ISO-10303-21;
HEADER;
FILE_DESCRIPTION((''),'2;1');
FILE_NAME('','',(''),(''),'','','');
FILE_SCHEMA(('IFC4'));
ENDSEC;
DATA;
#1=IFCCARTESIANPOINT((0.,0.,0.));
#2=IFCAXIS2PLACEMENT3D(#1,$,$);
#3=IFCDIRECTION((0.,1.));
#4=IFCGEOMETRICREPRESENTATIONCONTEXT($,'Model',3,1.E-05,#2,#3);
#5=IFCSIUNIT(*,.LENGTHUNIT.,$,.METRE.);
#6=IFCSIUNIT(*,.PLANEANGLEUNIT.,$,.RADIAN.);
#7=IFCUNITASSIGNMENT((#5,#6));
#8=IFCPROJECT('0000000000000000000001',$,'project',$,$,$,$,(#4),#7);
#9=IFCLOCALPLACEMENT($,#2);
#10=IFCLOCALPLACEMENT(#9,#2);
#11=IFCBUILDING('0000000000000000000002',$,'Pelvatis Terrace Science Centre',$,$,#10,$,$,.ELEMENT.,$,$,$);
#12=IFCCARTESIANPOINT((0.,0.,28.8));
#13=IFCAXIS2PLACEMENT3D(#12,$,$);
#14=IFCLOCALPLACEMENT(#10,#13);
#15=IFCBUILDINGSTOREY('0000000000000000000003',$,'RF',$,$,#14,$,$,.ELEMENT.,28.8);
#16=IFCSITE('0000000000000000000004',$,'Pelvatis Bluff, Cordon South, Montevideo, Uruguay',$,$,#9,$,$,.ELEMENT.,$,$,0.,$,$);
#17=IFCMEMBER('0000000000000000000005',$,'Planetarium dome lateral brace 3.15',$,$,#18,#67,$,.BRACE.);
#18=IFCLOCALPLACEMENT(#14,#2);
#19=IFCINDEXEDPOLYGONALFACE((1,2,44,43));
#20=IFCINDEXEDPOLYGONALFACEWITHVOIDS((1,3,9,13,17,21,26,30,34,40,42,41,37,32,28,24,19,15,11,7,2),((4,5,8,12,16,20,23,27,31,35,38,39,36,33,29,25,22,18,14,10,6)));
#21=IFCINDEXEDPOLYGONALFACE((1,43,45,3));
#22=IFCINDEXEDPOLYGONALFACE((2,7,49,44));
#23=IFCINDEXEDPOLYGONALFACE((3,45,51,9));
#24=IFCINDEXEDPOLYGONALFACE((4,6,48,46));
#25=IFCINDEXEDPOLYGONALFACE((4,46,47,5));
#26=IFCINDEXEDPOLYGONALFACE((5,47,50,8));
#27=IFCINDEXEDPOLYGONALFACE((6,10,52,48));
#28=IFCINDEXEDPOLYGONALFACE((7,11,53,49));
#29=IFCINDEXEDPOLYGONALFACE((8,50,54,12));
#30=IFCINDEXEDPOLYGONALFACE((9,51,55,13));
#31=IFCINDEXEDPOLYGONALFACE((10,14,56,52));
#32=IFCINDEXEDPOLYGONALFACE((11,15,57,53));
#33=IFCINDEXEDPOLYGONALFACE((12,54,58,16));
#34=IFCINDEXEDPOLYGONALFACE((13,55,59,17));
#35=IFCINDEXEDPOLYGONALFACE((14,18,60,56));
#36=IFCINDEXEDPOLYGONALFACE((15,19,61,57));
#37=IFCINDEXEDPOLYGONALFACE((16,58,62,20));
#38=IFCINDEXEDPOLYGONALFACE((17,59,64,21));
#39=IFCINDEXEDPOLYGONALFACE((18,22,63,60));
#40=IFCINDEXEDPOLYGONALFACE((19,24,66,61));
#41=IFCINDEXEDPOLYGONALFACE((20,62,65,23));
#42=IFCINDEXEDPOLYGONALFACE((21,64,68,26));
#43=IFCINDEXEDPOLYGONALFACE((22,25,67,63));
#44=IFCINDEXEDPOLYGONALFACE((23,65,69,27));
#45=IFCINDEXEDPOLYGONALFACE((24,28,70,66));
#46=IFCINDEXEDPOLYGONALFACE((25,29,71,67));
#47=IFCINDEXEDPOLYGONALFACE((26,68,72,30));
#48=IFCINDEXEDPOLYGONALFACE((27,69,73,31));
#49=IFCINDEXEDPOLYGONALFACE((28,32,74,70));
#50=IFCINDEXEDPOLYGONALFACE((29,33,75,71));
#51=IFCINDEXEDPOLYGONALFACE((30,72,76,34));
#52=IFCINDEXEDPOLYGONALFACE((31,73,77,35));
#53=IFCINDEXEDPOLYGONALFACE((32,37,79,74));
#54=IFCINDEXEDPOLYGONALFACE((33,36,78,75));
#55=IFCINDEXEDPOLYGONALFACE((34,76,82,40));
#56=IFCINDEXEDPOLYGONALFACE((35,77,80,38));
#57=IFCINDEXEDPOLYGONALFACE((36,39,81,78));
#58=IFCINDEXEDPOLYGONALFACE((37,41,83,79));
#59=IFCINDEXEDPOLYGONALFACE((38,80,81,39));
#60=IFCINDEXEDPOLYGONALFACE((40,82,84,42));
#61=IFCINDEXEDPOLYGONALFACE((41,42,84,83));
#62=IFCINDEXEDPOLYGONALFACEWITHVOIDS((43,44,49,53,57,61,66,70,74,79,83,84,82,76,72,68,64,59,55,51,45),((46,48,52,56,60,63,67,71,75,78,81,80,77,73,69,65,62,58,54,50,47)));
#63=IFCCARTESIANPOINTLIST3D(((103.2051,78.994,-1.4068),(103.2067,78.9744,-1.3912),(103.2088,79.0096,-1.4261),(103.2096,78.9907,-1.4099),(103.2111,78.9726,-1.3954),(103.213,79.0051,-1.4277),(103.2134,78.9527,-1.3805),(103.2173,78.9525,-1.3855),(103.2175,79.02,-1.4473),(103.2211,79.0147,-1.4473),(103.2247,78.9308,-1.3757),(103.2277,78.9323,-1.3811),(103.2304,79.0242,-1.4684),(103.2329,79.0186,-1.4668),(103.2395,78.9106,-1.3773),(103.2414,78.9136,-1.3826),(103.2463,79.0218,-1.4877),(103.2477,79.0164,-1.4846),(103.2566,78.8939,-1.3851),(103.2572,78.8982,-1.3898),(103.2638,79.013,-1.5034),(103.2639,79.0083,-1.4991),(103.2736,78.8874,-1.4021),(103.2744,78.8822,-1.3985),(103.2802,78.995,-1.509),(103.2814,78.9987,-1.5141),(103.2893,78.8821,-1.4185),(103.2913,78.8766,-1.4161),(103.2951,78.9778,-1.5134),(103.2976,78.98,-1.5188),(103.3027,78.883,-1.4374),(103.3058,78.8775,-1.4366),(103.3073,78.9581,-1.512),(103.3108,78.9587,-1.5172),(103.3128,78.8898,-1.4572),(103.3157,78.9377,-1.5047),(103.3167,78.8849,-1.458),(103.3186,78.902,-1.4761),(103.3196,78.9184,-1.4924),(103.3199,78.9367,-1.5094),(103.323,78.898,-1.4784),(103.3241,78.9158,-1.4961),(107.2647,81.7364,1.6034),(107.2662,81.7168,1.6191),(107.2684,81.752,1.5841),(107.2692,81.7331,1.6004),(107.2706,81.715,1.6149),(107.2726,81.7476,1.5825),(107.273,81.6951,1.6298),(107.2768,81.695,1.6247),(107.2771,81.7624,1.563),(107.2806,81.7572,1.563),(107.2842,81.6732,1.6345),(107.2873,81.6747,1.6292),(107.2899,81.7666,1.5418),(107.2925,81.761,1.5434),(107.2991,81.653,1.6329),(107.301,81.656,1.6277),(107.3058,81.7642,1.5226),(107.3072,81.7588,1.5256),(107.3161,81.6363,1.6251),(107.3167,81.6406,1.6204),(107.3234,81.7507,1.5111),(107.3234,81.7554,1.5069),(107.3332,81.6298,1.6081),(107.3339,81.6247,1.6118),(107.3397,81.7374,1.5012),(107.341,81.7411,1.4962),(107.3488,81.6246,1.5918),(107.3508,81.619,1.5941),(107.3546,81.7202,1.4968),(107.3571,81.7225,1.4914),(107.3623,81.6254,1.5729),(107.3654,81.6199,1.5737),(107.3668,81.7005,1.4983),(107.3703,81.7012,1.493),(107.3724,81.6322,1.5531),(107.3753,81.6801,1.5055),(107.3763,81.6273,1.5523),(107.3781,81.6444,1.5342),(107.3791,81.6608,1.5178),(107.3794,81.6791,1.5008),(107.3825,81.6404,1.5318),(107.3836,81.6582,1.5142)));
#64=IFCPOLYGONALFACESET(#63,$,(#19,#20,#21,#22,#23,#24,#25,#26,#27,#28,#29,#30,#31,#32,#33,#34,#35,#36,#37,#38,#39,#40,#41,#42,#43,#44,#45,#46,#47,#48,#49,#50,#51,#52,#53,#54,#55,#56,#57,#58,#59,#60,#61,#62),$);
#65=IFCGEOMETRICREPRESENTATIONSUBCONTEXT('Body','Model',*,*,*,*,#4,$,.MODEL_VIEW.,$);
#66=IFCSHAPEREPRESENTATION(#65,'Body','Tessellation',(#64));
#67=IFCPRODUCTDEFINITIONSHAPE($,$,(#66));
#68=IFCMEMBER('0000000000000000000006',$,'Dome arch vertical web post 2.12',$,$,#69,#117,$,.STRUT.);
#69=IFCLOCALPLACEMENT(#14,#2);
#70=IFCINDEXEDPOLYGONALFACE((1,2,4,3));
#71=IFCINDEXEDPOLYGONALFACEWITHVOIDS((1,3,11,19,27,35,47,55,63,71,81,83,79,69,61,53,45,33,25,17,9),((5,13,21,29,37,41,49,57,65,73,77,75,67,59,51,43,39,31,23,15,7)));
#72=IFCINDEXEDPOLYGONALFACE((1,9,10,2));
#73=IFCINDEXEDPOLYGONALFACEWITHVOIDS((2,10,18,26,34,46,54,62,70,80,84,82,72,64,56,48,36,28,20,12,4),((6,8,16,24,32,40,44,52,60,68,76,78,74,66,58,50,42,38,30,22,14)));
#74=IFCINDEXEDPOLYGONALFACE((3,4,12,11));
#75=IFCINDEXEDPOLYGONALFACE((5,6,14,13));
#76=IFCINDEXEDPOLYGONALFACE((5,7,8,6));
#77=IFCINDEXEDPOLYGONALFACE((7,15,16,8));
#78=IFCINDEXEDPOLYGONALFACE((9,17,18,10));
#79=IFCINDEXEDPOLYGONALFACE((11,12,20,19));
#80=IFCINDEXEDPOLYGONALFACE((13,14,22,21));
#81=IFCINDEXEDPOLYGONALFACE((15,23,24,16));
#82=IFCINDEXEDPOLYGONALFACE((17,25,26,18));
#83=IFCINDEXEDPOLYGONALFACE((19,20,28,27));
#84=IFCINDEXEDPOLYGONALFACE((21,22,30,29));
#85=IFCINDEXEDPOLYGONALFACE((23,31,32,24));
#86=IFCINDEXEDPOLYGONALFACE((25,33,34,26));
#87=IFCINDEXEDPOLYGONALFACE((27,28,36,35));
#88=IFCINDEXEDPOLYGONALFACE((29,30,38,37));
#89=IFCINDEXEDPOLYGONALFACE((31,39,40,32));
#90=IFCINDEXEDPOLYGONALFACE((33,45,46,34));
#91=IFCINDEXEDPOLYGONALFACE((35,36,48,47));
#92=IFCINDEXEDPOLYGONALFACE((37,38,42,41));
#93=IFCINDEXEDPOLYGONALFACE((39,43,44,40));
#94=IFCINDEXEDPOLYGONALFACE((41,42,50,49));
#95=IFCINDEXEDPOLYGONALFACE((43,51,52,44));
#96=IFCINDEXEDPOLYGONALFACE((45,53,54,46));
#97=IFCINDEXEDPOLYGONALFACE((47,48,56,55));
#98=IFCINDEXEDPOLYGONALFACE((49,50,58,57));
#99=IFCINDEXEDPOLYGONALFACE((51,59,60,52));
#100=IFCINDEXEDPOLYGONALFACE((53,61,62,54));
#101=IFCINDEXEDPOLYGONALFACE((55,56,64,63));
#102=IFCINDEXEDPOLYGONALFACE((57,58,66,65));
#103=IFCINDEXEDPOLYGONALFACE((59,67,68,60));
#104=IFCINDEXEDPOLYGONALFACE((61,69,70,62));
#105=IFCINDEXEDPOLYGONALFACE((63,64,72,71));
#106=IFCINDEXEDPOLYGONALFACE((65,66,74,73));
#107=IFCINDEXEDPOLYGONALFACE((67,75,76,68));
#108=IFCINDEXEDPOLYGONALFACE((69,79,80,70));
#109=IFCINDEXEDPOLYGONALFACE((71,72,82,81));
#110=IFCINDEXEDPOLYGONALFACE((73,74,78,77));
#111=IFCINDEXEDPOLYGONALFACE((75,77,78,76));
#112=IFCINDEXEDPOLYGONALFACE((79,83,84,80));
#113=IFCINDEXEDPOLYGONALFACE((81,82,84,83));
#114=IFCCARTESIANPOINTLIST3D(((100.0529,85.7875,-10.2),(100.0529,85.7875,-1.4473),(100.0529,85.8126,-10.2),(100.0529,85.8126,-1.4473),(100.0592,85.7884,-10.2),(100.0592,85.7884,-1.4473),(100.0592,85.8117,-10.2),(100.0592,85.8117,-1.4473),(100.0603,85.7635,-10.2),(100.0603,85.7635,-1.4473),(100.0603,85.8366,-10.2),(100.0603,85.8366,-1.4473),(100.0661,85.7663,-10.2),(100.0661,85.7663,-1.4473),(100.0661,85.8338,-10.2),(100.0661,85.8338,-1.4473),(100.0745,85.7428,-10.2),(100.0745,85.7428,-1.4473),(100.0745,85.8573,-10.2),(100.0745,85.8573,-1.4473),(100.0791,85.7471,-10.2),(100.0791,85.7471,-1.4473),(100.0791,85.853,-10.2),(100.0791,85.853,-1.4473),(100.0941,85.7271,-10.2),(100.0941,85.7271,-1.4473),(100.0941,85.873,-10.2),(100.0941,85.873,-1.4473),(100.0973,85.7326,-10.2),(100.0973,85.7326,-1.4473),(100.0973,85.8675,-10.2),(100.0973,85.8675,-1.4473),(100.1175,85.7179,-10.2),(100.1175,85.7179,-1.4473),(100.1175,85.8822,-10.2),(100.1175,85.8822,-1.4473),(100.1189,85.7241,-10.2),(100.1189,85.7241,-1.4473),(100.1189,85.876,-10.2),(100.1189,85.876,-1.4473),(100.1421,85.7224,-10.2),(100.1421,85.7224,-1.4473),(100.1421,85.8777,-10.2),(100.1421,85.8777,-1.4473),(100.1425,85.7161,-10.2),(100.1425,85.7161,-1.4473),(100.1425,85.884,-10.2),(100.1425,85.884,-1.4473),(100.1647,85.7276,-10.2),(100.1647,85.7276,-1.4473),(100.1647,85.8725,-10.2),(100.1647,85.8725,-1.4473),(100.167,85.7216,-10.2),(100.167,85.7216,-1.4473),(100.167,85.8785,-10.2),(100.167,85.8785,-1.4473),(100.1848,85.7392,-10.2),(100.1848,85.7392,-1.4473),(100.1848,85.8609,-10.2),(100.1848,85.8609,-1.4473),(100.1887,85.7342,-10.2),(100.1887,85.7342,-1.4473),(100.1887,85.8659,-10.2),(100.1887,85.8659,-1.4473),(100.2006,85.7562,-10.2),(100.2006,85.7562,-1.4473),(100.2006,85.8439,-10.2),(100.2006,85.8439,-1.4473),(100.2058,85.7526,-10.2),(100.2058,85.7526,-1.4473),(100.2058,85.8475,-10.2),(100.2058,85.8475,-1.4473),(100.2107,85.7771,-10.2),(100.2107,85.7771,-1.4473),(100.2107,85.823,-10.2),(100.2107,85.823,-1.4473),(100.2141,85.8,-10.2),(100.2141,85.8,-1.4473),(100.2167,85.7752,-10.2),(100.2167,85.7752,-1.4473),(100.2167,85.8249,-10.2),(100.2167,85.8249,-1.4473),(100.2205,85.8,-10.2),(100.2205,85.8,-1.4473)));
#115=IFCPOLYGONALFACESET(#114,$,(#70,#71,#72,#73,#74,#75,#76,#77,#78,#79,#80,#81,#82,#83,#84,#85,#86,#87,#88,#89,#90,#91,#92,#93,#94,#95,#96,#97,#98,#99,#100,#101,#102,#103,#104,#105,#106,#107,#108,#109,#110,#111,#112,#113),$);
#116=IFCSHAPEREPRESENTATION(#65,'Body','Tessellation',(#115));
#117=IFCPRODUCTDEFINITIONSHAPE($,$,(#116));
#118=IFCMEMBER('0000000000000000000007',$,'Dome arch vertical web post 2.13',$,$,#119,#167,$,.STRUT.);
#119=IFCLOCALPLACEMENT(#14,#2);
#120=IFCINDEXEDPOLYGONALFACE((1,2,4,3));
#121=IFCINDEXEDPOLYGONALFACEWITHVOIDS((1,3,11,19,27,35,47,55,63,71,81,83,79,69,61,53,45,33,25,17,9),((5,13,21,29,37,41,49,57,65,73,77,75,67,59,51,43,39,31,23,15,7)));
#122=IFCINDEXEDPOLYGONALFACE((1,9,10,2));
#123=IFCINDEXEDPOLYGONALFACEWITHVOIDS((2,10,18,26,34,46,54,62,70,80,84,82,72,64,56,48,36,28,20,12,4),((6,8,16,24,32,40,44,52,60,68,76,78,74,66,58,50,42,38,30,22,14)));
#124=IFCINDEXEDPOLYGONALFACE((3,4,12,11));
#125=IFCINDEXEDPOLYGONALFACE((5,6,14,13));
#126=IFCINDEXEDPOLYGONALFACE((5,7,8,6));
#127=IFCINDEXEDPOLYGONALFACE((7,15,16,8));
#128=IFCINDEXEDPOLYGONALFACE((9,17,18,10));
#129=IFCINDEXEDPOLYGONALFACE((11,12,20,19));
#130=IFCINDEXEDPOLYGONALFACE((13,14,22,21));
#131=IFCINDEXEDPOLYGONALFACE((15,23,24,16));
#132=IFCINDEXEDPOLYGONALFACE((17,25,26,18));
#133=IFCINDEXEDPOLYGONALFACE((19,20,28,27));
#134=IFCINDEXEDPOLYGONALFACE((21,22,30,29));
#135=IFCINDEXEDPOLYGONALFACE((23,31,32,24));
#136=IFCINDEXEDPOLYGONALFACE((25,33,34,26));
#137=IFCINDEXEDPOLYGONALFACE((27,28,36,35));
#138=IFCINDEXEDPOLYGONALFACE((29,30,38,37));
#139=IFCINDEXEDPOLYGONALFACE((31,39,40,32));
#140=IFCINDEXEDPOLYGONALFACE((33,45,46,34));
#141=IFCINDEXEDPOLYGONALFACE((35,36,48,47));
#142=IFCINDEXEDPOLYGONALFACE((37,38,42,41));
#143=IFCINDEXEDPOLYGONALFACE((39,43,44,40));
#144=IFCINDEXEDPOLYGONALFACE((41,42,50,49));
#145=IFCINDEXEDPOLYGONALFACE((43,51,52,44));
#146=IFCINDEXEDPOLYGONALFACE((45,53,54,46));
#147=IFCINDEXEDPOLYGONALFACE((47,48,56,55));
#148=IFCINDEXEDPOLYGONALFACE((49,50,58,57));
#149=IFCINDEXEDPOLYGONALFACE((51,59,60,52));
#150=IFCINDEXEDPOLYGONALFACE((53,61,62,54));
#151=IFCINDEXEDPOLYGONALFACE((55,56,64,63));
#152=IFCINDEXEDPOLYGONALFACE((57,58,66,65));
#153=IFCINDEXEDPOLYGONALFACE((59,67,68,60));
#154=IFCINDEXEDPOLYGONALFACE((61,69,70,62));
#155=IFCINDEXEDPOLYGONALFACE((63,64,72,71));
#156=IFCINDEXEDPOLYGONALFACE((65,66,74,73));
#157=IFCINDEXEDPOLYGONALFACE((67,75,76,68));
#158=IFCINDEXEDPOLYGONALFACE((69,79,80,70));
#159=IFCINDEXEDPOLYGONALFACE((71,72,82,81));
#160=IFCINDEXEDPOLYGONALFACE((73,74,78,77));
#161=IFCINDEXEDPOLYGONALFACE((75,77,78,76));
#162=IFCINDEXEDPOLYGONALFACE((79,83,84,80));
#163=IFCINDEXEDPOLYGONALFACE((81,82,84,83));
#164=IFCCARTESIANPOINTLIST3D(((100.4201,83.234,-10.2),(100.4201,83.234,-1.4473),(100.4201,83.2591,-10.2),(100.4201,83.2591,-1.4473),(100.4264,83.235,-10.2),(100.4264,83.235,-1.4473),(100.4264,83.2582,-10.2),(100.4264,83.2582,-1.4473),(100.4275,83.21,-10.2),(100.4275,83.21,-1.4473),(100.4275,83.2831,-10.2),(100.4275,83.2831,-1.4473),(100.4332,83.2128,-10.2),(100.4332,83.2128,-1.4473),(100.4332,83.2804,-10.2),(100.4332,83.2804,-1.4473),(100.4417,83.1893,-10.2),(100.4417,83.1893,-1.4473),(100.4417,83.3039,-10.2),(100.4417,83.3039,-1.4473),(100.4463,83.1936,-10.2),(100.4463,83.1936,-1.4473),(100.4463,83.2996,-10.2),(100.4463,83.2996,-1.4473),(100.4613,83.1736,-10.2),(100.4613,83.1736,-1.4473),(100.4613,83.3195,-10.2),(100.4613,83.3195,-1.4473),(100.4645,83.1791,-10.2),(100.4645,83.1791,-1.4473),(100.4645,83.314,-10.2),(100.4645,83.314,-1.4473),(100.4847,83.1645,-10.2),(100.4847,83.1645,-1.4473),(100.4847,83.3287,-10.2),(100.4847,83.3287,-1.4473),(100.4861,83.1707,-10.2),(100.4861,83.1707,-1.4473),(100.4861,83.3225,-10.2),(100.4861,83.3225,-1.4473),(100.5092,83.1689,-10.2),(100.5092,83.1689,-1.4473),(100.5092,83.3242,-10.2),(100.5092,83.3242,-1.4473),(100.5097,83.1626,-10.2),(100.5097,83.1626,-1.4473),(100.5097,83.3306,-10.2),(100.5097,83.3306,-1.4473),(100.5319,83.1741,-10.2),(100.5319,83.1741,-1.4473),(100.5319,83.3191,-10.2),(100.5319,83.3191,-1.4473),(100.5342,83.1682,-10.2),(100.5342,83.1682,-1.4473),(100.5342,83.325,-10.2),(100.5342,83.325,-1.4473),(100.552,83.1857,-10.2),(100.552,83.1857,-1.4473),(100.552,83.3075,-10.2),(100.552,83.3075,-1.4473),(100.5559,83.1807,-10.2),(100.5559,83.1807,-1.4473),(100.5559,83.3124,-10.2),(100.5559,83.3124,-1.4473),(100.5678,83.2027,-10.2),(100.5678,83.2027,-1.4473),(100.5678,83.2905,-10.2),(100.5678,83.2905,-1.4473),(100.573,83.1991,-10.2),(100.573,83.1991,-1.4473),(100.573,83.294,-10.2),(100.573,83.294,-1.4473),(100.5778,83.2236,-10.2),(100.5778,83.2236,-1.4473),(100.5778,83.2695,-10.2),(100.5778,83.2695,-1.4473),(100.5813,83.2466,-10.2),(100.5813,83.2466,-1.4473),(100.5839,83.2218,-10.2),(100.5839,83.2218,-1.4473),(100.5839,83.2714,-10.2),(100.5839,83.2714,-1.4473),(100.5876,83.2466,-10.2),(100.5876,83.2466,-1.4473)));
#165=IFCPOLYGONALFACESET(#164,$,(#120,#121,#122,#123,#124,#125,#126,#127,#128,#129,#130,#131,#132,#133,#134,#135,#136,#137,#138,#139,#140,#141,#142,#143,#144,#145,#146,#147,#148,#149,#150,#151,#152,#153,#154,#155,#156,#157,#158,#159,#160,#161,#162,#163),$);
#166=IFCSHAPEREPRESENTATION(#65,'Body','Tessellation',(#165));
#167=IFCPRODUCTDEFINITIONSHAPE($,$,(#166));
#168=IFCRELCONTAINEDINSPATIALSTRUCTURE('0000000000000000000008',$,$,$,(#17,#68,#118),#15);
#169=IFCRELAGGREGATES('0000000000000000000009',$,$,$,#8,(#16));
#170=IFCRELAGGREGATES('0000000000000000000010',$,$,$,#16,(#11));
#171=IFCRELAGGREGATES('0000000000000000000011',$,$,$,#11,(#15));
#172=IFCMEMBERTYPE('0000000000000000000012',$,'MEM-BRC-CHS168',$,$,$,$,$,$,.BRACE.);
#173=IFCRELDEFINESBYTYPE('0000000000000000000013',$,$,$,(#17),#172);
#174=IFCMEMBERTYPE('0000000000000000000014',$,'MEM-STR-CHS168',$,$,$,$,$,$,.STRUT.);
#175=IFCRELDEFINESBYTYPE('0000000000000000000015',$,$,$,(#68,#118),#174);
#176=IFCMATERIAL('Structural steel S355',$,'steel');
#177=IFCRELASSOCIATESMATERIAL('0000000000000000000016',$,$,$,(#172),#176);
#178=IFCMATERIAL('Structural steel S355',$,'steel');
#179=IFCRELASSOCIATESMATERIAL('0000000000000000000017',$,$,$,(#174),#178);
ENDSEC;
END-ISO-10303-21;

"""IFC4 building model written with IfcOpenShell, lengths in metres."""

from ifc_helpers import new_model, si_unit, direction, frame, origin, origin_2d, place, context, subcontext, project, spatial, hollow_circle, extrude, material, material_profile, profile_set, type_object, element, save


model = new_model("IFC4")

# Units and contexts
model_context = context("Model", 3, precision=1e-05, world=origin(), true_north=direction((0.0, 1.0)))
body_context = subcontext(model_context, "Body", "Model", "MODEL_VIEW")
ifc_project = project(units=[si_unit("LENGTHUNIT", "METRE"), si_unit("PLANEANGLEUNIT", "RADIAN")], contexts=[model_context])

# Site, building, storey
site_placement = place(None, origin())
site = spatial("IfcSite", under=ifc_project, at=site_placement, Name="Pelvatis Bluff, Cordon South, Montevideo, Uruguay", CompositionType="ELEMENT", RefElevation=0.0)
building_placement = place(site_placement, origin())
building = spatial("IfcBuilding", under=site, at=building_placement, Name="Pelvatis Terrace Science Centre", CompositionType="ELEMENT")
storey_placement = place(building_placement, frame((0.0, 0.0, 28.8)))
storey = spatial("IfcBuildingStorey", under=building, at=storey_placement, Name="RF", CompositionType="ELEMENT", Elevation=28.8)

# Members
ifc_material_1 = material(Name="Structural steel S355", Category="steel")
ifc_material_profile_1 = material_profile(ifc_material_1, hollow_circle(Radius=0.0842, WallThickness=0.0063, at=origin_2d()), Name="CHS 168.3x6.3")
ifc_profile_set_1 = profile_set([ifc_material_profile_1], Name="Structural steel S355")
member_type_1 = type_object("IfcMemberType", Name="MEM-BRC-CHS168", PredefinedType="BRACE", material=ifc_profile_set_1)
for number, where, z_axis, x_axis, name in (
    (1, (103.2646, 78.9502, -1.4473), (0.70601, 0.476943, 0.523521), (-0.559784, 0.828638, 0.0), "Planetarium dome lateral brace 3.15"),
):
    element("IfcMember", number, at=place(storey_placement, frame(where, z_axis=z_axis, x_axis=x_axis)), inside=storey, type_object=member_type_1, Name=name, PredefinedType="BRACE", context=body_context, shape_type="SweptSolid", body=[
        extrude(hollow_circle(Radius=0.0842, WallThickness=0.0063, at=origin_2d()), origin(), (0.0, 0.0, 1.0), 5.75),
    ])
ifc_material_2 = material(Name="Structural steel S355", Category="steel")
ifc_material_profile_2 = material_profile(ifc_material_2, hollow_circle(Radius=0.0842, WallThickness=0.0063, at=origin_2d()), Name="CHS 168.3x6.3")
ifc_profile_set_2 = profile_set([ifc_material_profile_2], Name="Structural steel S355")
member_type_2 = type_object("IfcMemberType", Name="MEM-STR-CHS168", PredefinedType="STRUT", material=ifc_profile_set_2)
for number, where, z_axis, x_axis, name in (
    (2, (100.1362, 85.8, -10.2), (0.0, 0.0, 1.0), (1.0, 0.0, 0.0), "Dome arch vertical web post 2.12"),
    (3, (100.5034, 83.2466, -10.2), (0.0, 0.0, 1.0), (1.0, 0.0, 0.0), "Dome arch vertical web post 2.13"),
):
    element("IfcMember", number, at=place(storey_placement, frame(where, z_axis=z_axis, x_axis=x_axis)), inside=storey, type_object=member_type_2, Name=name, PredefinedType="STRUT", context=body_context, shape_type="SweptSolid", body=[
        extrude(hollow_circle(Radius=0.0842, WallThickness=0.0063, at=origin_2d()), origin(), (0.0, 0.0, 1.0), 8.7527),
    ])

save(model, "model.ifc")
